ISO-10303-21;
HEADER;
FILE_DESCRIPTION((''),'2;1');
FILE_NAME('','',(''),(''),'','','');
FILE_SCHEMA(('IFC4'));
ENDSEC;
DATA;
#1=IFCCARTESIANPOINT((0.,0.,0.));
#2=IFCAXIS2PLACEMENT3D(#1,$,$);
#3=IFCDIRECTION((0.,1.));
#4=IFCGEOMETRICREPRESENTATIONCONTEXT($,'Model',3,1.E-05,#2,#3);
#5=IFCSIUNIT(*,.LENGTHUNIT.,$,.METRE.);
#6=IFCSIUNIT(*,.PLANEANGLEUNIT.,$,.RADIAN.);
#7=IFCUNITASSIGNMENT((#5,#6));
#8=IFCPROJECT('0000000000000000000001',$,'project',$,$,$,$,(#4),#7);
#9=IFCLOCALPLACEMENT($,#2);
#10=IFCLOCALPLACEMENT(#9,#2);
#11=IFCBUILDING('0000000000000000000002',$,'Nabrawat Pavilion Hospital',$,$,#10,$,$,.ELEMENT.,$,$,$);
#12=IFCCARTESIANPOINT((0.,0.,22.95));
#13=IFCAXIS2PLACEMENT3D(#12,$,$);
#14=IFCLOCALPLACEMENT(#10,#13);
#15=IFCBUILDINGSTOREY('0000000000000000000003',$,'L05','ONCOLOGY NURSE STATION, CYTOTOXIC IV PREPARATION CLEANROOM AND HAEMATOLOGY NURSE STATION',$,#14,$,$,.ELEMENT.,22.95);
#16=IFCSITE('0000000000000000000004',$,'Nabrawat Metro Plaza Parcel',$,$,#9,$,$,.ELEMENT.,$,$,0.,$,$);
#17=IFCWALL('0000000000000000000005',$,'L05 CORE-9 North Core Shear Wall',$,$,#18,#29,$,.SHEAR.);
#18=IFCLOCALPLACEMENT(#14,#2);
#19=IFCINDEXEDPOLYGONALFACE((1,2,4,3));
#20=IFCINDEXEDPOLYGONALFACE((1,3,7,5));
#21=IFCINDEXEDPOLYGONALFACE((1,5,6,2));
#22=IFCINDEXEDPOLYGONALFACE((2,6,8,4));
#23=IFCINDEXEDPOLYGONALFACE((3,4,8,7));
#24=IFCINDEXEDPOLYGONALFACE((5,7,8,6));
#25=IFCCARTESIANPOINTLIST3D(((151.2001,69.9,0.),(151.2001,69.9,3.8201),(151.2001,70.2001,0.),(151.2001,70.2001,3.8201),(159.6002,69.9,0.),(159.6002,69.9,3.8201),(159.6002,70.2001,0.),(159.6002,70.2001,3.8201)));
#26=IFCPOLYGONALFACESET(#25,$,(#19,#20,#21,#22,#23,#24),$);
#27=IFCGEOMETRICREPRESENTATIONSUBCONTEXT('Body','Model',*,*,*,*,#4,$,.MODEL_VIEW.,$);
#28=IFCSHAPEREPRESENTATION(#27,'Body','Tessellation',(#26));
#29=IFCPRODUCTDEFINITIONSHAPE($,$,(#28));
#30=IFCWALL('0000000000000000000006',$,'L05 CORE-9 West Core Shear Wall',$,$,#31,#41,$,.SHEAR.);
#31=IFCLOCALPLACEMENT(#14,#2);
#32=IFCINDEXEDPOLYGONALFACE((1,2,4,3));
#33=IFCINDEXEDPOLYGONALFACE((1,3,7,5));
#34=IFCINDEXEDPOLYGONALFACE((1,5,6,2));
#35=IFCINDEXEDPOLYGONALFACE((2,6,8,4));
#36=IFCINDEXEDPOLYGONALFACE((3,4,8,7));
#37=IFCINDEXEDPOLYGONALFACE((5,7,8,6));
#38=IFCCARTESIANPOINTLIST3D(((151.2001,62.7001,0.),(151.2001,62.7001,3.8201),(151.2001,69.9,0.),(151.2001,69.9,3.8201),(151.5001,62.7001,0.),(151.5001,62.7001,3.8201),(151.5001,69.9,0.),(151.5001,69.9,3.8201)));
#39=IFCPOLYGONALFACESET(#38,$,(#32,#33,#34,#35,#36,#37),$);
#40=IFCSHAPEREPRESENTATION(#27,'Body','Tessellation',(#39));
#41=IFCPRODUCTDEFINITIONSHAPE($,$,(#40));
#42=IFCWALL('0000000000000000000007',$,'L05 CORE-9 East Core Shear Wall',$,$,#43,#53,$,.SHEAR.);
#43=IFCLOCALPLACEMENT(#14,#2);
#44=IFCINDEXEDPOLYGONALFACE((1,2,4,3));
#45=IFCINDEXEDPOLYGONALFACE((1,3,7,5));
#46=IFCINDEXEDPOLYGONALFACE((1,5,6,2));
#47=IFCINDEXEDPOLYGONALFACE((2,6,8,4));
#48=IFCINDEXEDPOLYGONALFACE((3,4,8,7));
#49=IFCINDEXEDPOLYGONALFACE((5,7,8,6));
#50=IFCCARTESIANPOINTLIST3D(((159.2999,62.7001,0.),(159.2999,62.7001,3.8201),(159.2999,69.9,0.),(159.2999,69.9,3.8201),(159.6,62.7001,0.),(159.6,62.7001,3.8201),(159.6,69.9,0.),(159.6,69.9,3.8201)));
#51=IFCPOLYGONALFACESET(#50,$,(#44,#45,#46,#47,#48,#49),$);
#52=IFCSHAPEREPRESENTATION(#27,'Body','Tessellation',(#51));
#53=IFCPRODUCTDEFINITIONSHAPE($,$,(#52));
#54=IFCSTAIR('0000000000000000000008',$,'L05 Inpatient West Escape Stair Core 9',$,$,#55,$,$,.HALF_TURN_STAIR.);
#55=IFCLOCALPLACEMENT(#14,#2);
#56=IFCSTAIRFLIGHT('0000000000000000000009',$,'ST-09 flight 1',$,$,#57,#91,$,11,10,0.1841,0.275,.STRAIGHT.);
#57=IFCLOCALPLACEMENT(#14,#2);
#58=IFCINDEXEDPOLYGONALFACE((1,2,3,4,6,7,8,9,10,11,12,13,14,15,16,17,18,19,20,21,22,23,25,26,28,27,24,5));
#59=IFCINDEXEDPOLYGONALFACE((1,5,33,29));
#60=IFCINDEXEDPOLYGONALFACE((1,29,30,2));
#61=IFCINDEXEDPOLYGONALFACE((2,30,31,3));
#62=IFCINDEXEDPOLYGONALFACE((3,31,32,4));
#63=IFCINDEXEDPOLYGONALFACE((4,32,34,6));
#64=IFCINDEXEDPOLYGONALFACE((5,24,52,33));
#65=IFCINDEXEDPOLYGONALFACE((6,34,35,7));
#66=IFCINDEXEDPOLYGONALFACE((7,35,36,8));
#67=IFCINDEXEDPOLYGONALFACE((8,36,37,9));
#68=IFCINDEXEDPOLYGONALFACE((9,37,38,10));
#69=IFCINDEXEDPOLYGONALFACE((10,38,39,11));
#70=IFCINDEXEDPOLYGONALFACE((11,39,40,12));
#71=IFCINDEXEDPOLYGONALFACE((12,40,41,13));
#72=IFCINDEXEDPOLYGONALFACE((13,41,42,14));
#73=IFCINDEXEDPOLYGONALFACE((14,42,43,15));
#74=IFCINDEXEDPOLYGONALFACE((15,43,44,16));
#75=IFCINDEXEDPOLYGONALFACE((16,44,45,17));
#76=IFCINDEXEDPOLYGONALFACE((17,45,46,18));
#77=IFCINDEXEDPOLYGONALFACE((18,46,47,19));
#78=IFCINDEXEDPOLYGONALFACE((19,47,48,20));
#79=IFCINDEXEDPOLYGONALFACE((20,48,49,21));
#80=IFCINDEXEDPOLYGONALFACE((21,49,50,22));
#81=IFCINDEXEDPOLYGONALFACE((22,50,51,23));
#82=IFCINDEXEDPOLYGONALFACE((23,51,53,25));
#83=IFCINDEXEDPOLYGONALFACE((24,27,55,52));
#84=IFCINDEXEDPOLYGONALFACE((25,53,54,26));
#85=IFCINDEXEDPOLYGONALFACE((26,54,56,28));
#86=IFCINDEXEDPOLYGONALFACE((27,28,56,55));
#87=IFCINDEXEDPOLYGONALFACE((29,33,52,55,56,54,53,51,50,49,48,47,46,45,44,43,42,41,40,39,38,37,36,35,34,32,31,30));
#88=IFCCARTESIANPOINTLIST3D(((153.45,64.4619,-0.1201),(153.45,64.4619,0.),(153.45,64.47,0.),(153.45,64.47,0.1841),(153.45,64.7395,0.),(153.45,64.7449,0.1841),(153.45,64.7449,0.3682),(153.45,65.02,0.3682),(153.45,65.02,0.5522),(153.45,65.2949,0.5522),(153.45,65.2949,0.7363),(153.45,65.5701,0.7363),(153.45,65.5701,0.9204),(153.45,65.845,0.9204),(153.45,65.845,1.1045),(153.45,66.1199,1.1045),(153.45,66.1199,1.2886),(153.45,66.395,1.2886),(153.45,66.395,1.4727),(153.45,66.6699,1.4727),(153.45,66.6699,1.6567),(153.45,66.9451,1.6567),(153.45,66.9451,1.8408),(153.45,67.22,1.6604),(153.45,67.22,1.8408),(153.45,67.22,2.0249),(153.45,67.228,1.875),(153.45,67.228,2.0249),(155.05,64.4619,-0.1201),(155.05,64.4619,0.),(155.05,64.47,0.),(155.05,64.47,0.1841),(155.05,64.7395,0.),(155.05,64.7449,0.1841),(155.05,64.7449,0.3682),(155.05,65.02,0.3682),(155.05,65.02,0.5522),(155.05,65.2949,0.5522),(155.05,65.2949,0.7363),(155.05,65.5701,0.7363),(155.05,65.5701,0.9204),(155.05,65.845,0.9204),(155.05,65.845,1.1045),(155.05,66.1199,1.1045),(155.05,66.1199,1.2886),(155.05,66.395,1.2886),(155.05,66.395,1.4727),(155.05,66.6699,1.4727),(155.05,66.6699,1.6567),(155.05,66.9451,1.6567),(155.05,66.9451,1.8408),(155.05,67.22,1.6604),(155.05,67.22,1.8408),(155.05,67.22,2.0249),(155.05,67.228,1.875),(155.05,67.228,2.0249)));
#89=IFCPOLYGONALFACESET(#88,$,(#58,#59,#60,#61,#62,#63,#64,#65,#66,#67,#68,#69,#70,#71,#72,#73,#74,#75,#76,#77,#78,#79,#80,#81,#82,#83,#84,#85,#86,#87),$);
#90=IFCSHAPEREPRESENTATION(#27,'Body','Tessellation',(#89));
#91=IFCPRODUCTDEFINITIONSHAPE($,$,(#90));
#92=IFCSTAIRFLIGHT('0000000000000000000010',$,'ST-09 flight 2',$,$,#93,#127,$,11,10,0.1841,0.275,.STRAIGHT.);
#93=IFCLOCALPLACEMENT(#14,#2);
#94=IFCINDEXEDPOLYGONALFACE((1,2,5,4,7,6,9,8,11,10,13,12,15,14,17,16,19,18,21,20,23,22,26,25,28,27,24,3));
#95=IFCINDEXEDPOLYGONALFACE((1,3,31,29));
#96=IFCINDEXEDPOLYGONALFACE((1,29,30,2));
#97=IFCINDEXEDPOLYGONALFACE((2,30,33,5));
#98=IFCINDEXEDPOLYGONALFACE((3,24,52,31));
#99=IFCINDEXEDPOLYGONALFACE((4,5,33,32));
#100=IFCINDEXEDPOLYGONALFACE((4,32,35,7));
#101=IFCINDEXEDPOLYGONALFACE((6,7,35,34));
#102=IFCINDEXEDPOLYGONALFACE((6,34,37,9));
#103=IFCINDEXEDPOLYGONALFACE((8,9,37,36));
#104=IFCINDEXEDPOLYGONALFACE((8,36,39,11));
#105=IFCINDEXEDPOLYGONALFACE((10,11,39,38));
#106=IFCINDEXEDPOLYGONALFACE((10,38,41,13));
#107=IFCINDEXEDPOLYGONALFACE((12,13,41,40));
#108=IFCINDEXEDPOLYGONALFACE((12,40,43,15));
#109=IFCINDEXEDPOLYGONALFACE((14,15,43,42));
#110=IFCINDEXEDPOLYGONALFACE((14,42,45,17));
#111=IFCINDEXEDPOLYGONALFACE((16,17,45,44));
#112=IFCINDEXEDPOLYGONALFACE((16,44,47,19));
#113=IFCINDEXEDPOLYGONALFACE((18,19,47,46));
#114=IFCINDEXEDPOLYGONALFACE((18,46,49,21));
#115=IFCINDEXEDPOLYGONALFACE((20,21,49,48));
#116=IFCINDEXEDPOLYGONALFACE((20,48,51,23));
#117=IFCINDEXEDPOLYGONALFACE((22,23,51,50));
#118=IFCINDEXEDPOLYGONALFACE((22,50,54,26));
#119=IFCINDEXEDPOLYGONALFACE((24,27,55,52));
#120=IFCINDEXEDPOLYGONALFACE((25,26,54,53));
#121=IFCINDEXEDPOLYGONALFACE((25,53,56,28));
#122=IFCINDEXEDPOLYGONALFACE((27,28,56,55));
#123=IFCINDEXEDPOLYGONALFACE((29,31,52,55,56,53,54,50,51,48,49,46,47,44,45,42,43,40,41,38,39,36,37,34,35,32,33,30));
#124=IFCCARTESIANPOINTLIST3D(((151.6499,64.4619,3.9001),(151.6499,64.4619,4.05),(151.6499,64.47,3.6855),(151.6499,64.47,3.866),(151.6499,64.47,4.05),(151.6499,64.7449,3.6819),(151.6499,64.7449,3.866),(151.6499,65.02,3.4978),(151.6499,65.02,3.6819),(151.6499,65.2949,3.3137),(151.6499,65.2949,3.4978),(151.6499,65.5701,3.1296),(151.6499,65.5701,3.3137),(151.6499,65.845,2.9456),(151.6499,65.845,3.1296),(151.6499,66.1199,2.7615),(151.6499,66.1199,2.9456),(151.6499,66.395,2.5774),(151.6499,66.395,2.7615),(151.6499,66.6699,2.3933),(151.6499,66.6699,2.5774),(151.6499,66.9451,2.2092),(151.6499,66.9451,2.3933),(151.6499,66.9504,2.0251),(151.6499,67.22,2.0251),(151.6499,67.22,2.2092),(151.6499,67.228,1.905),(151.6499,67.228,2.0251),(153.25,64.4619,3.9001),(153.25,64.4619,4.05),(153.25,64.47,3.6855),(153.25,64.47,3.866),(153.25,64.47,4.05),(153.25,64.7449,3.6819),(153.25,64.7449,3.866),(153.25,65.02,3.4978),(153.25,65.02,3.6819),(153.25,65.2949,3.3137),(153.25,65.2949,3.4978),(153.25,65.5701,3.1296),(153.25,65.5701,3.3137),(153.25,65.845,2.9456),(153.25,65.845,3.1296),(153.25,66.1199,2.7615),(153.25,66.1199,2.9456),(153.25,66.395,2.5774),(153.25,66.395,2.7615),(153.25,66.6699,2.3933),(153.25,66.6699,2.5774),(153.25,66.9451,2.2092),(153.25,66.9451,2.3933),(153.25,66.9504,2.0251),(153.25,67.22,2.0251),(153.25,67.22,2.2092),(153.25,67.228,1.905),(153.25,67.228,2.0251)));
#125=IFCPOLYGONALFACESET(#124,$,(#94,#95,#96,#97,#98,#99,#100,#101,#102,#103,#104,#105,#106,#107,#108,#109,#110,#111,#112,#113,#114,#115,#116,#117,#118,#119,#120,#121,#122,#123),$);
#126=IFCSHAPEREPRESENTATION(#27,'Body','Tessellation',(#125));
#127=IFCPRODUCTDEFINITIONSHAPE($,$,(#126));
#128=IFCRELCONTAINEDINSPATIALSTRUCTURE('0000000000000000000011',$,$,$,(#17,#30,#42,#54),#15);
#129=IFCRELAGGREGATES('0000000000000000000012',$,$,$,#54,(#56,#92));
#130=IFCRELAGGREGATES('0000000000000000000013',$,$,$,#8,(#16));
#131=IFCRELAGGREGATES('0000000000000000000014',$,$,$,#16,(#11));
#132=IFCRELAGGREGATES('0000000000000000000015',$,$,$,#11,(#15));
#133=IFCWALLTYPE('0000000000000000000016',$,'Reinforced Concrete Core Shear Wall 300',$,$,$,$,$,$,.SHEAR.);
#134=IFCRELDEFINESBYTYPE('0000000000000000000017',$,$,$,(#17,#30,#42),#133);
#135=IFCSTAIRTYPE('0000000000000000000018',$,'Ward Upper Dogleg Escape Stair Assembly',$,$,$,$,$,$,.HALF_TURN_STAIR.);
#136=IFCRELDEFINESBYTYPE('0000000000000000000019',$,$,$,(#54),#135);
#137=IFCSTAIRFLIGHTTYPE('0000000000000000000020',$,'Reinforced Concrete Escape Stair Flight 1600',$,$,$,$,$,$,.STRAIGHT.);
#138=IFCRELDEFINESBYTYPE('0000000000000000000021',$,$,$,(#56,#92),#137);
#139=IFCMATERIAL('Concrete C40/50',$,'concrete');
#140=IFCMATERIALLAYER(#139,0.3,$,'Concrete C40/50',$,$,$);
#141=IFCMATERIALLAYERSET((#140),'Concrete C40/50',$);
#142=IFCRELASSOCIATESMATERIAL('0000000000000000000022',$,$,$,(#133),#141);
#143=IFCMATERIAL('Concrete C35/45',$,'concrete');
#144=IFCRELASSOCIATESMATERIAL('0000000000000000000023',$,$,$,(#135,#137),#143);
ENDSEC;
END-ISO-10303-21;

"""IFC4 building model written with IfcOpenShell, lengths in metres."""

from ifc_helpers import new_model, si_unit, direction, frame, frame_2d, origin, place, context, subcontext, project, spatial, polyline, rectangle, outline, extrude, material, layer, layer_set, type_object, element, aggregate, save


model = new_model("IFC4")

# Units and contexts
model_context = context("Model", 3, precision=1e-05, world=origin(), true_north=direction((0.0, 1.0)))
body_context = subcontext(model_context, "Body", "Model", "MODEL_VIEW")
ifc_project = project(units=[si_unit("LENGTHUNIT", "METRE"), si_unit("PLANEANGLEUNIT", "RADIAN")], contexts=[model_context])

# Site, building, storey
site_placement = place(None, origin())
site = spatial("IfcSite", under=ifc_project, at=site_placement, Name="Nabrawat Metro Plaza Parcel", CompositionType="ELEMENT", RefElevation=0.0)
building_placement = place(site_placement, origin())
building = spatial("IfcBuilding", under=site, at=building_placement, Name="Nabrawat Pavilion Hospital", CompositionType="ELEMENT")
storey_placement = place(building_placement, frame((0.0, 0.0, 22.95)))
storey = spatial("IfcBuildingStorey", under=building, at=storey_placement, Name="L05", Description="ONCOLOGY NURSE STATION, CYTOTOXIC IV PREPARATION CLEANROOM AND HAEMATOLOGY NURSE STATION", CompositionType="ELEMENT", Elevation=22.95)

# Shared definitions
ifc_material_1 = material(Name="Concrete C40/50", Category="concrete")

# Walls
ifc_material_2 = material(Name="Concrete C35/45", Category="concrete")
ifc_layer_1 = layer(ifc_material_1, 0.3, Name="Concrete C40/50")
ifc_layer_set_1 = layer_set([ifc_layer_1], Name="Concrete C40/50")
wall_type_1 = type_object("IfcWallType", Name="Reinforced Concrete Core Shear Wall 300", PredefinedType="SHEAR", material=ifc_layer_set_1)
wall_1_placement = place(storey_placement, frame((151.2, 70.05, 0.0), z_axis=(0.0, 0.0, 1.0), x_axis=(1.0, 0.0, 0.0)))
element("IfcWall", 1, at=wall_1_placement, inside=storey, type_object=wall_type_1, Name="L05 CORE-9 North Core Shear Wall", PredefinedType="SHEAR", context=body_context, shape_type="SweptSolid", body=[
    extrude(rectangle(XDim=8.4001, YDim=0.3, at=frame_2d((4.2002, 0.0))), origin(), (0.0, 0.0, 1.0), 3.8201),
])
for number, where, z_axis, x_axis, name in (
    (2, (151.3501, 62.7, 0.0), (0.0, 0.0, 1.0), (0.0, 1.0, 0.0), "L05 CORE-9 West Core Shear Wall"),
    (3, (159.45, 62.7, 0.0), (0.0, 0.0, 1.0), (0.0, 1.0, 0.0), "L05 CORE-9 East Core Shear Wall"),
):
    element("IfcWall", number, at=place(storey_placement, frame(where, z_axis=z_axis, x_axis=x_axis)), inside=storey, type_object=wall_type_1, Name=name, PredefinedType="SHEAR", context=body_context, shape_type="SweptSolid", body=[
        extrude(rectangle(XDim=7.2, YDim=0.3, at=frame_2d((3.6001, 0.0))), origin(), (0.0, 0.0, 1.0), 3.8201),
    ])

# Stair, stair flights
stair_type = type_object("IfcStairType", Name="Ward Upper Dogleg Escape Stair Assembly", PredefinedType="HALF_TURN_STAIR", material=ifc_material_2)
stair_placement = place(storey_placement, origin())
stair = element("IfcStair", 4, at=stair_placement, inside=storey, type_object=stair_type, Name="L05 Inpatient West Escape Stair Core 9", PredefinedType="HALF_TURN_STAIR")
stair_flight_type = type_object("IfcStairFlightType", Name="Reinforced Concrete Escape Stair Flight 1600", PredefinedType="STRAIGHT", material=ifc_material_2)
stair_flight_1_placement = place(storey_placement, frame((154.25, 64.47, 0.0), z_axis=(0.0, 0.0, 1.0), x_axis=(0.0, 1.0, 0.0)))
stair_flight_1 = element("IfcStairFlight", 5, at=stair_flight_1_placement, type_object=stair_flight_type, Name="ST-09 flight 1", NumberOfRisers=11, NumberOfTreads=10, PredefinedType="STRAIGHT", RiserHeight=0.1841, TreadLength=0.275, context=body_context, shape_type="SweptSolid", body=[
    extrude(outline(polyline([(-0.0081, 0.0), (0.0, 0.0), (0.0, 0.1841), (0.2749, 0.1841), (0.2749, 0.3682), (0.55, 0.3682), (0.55, 0.5522), (0.825, 0.5522), (0.825, 0.7363), (1.1001, 0.7363), (1.1001, 0.9204), (1.375, 0.9204), (1.375, 1.1045), (1.6499, 1.1045), (1.6499, 1.2886), (1.925, 1.2886), (1.925, 1.4727), (2.2, 1.4727), (2.2, 1.6567), (2.4751, 1.6567), (2.4751, 1.8408), (2.75, 1.8408), (2.75, 2.0249), (2.7581, 2.0249), (2.7581, 1.875), (2.75, 1.6604), (0.2695, 0.0), (-0.0081, -0.1201), (-0.0081, 0.0)])), frame((0.0, 0.8, 0.0), z_axis=(0.0, -1.0, 0.0), x_axis=(1.0, 0.0, 0.0)), (0.0, 0.0, 1.0), 1.6001),
])
stair_flight_2_placement = place(storey_placement, frame((152.45, 67.22, 2.0251), z_axis=(0.0, 0.0, 1.0), x_axis=(0.0, -1.0, 0.0)))
stair_flight_2 = element("IfcStairFlight", 6, at=stair_flight_2_placement, type_object=stair_flight_type, Name="ST-09 flight 2", NumberOfRisers=11, NumberOfTreads=10, PredefinedType="STRAIGHT", RiserHeight=0.1841, TreadLength=0.275, context=body_context, shape_type="SweptSolid", body=[
    extrude(outline(polyline([(-0.0081, 0.0), (0.0, 0.0), (0.0, 0.1841), (0.2749, 0.1841), (0.2749, 0.3682), (0.55, 0.3682), (0.55, 0.5522), (0.825, 0.5522), (0.825, 0.7363), (1.1001, 0.7363), (1.1001, 0.9204), (1.375, 0.9204), (1.375, 1.1045), (1.6499, 1.1045), (1.6499, 1.2886), (1.925, 1.2886), (1.925, 1.4727), (2.2, 1.4727), (2.2, 1.6567), (2.4751, 1.6567), (2.4751, 1.8408), (2.75, 1.8408), (2.75, 2.0249), (2.7581, 2.0249), (2.7581, 1.875), (2.75, 1.6604), (0.2695, 0.0), (-0.0081, -0.1201), (-0.0081, 0.0)])), frame((0.0, 0.8, 0.0), z_axis=(0.0, -1.0, 0.0), x_axis=(1.0, 0.0, 0.0)), (0.0, 0.0, 1.0), 1.6001),
])
aggregate(stair, [stair_flight_1, stair_flight_2])

save(model, "model.ifc")
